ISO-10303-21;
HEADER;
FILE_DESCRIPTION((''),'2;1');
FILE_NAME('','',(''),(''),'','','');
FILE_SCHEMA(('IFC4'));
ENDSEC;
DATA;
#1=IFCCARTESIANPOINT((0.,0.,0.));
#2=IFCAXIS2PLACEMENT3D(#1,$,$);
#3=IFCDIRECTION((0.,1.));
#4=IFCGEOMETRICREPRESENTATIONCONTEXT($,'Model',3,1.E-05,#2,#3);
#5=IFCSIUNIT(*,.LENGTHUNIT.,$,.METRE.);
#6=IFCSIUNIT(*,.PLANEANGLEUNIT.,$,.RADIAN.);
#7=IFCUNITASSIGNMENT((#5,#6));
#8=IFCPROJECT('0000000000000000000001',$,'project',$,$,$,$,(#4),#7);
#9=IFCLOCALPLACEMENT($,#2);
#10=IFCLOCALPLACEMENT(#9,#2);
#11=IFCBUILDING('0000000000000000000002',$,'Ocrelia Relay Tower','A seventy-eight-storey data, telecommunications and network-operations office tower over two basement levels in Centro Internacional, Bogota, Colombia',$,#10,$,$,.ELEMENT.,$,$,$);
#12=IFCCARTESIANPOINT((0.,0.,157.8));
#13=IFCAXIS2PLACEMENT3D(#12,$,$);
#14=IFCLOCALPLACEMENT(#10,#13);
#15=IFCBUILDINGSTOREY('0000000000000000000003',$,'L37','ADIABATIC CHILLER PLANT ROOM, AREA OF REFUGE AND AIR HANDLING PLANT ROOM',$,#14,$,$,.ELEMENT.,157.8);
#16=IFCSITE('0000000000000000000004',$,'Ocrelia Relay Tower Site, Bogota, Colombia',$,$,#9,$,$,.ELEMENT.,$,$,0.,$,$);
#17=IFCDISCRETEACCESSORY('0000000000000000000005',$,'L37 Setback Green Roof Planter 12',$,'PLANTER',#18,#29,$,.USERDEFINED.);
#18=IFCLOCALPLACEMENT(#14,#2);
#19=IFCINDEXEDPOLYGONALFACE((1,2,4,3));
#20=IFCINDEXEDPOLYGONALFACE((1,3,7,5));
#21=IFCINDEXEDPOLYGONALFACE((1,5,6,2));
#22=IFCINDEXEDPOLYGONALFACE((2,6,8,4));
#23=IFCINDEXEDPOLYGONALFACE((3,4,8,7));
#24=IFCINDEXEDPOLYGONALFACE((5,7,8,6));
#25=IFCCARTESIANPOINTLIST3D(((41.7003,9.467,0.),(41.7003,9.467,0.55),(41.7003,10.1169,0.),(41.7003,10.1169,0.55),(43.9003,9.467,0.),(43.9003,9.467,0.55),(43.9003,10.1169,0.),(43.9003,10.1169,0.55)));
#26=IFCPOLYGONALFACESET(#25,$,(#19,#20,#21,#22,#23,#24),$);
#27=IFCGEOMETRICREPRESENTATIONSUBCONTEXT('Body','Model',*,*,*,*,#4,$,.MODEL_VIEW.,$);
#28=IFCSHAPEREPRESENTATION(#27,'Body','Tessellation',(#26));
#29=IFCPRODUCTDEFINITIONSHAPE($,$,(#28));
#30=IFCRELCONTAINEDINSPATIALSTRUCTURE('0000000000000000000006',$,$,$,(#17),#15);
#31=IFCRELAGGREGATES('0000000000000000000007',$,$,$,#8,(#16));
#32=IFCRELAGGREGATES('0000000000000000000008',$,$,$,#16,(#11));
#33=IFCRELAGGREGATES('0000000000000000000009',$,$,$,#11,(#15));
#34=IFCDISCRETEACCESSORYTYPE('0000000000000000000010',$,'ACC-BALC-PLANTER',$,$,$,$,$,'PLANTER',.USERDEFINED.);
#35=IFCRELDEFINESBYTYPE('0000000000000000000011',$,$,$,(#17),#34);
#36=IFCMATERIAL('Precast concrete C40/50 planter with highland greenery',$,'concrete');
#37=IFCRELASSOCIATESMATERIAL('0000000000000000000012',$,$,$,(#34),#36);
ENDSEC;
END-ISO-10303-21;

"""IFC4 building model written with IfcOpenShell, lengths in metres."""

from ifc_helpers import new_model, si_unit, direction, frame, origin, origin_2d, place, context, subcontext, project, spatial, rectangle, extrude, material, type_object, element, save


model = new_model("IFC4")

# Units and contexts
model_context = context("Model", 3, precision=1e-05, world=origin(), true_north=direction((0.0, 1.0)))
body_context = subcontext(model_context, "Body", "Model", "MODEL_VIEW")
ifc_project = project(units=[si_unit("LENGTHUNIT", "METRE"), si_unit("PLANEANGLEUNIT", "RADIAN")], contexts=[model_context])

# Site, building, storey
site_placement = place(None, origin())
site = spatial("IfcSite", under=ifc_project, at=site_placement, Name="Ocrelia Relay Tower Site, Bogota, Colombia", CompositionType="ELEMENT", RefElevation=0.0)
building_placement = place(site_placement, origin())
building = spatial("IfcBuilding", under=site, at=building_placement, Name="Ocrelia Relay Tower", Description="A seventy-eight-storey data, telecommunications and network-operations office tower over two basement levels in Centro Internacional, Bogota, Colombia", CompositionType="ELEMENT")
storey_placement = place(building_placement, frame((0.0, 0.0, 157.8)))
storey = spatial("IfcBuildingStorey", under=building, at=storey_placement, Name="L37", Description="ADIABATIC CHILLER PLANT ROOM, AREA OF REFUGE AND AIR HANDLING PLANT ROOM", CompositionType="ELEMENT", Elevation=157.8)

# Discrete accessory
ifc_material_1 = material(Name="Precast concrete C40/50 planter with highland greenery", Category="concrete")
discrete_accessory_type = type_object("IfcDiscreteAccessoryType", Name="ACC-BALC-PLANTER", ElementType="PLANTER", PredefinedType="USERDEFINED", material=ifc_material_1)
discrete_accessory_placement = place(storey_placement, frame((42.8003, 9.792, 0.0), z_axis=(0.0, 0.0, 1.0), x_axis=(1.0, 0.0, 0.0)))
element("IfcDiscreteAccessory", 1, at=discrete_accessory_placement, inside=storey, type_object=discrete_accessory_type, Name="L37 Setback Green Roof Planter 12", ObjectType="PLANTER", PredefinedType="USERDEFINED", context=body_context, shape_type="SweptSolid", body=[
    extrude(rectangle(XDim=2.2, YDim=0.6499, at=origin_2d()), origin(), (0.0, 0.0, 1.0), 0.55),
])

save(model, "model.ifc")
